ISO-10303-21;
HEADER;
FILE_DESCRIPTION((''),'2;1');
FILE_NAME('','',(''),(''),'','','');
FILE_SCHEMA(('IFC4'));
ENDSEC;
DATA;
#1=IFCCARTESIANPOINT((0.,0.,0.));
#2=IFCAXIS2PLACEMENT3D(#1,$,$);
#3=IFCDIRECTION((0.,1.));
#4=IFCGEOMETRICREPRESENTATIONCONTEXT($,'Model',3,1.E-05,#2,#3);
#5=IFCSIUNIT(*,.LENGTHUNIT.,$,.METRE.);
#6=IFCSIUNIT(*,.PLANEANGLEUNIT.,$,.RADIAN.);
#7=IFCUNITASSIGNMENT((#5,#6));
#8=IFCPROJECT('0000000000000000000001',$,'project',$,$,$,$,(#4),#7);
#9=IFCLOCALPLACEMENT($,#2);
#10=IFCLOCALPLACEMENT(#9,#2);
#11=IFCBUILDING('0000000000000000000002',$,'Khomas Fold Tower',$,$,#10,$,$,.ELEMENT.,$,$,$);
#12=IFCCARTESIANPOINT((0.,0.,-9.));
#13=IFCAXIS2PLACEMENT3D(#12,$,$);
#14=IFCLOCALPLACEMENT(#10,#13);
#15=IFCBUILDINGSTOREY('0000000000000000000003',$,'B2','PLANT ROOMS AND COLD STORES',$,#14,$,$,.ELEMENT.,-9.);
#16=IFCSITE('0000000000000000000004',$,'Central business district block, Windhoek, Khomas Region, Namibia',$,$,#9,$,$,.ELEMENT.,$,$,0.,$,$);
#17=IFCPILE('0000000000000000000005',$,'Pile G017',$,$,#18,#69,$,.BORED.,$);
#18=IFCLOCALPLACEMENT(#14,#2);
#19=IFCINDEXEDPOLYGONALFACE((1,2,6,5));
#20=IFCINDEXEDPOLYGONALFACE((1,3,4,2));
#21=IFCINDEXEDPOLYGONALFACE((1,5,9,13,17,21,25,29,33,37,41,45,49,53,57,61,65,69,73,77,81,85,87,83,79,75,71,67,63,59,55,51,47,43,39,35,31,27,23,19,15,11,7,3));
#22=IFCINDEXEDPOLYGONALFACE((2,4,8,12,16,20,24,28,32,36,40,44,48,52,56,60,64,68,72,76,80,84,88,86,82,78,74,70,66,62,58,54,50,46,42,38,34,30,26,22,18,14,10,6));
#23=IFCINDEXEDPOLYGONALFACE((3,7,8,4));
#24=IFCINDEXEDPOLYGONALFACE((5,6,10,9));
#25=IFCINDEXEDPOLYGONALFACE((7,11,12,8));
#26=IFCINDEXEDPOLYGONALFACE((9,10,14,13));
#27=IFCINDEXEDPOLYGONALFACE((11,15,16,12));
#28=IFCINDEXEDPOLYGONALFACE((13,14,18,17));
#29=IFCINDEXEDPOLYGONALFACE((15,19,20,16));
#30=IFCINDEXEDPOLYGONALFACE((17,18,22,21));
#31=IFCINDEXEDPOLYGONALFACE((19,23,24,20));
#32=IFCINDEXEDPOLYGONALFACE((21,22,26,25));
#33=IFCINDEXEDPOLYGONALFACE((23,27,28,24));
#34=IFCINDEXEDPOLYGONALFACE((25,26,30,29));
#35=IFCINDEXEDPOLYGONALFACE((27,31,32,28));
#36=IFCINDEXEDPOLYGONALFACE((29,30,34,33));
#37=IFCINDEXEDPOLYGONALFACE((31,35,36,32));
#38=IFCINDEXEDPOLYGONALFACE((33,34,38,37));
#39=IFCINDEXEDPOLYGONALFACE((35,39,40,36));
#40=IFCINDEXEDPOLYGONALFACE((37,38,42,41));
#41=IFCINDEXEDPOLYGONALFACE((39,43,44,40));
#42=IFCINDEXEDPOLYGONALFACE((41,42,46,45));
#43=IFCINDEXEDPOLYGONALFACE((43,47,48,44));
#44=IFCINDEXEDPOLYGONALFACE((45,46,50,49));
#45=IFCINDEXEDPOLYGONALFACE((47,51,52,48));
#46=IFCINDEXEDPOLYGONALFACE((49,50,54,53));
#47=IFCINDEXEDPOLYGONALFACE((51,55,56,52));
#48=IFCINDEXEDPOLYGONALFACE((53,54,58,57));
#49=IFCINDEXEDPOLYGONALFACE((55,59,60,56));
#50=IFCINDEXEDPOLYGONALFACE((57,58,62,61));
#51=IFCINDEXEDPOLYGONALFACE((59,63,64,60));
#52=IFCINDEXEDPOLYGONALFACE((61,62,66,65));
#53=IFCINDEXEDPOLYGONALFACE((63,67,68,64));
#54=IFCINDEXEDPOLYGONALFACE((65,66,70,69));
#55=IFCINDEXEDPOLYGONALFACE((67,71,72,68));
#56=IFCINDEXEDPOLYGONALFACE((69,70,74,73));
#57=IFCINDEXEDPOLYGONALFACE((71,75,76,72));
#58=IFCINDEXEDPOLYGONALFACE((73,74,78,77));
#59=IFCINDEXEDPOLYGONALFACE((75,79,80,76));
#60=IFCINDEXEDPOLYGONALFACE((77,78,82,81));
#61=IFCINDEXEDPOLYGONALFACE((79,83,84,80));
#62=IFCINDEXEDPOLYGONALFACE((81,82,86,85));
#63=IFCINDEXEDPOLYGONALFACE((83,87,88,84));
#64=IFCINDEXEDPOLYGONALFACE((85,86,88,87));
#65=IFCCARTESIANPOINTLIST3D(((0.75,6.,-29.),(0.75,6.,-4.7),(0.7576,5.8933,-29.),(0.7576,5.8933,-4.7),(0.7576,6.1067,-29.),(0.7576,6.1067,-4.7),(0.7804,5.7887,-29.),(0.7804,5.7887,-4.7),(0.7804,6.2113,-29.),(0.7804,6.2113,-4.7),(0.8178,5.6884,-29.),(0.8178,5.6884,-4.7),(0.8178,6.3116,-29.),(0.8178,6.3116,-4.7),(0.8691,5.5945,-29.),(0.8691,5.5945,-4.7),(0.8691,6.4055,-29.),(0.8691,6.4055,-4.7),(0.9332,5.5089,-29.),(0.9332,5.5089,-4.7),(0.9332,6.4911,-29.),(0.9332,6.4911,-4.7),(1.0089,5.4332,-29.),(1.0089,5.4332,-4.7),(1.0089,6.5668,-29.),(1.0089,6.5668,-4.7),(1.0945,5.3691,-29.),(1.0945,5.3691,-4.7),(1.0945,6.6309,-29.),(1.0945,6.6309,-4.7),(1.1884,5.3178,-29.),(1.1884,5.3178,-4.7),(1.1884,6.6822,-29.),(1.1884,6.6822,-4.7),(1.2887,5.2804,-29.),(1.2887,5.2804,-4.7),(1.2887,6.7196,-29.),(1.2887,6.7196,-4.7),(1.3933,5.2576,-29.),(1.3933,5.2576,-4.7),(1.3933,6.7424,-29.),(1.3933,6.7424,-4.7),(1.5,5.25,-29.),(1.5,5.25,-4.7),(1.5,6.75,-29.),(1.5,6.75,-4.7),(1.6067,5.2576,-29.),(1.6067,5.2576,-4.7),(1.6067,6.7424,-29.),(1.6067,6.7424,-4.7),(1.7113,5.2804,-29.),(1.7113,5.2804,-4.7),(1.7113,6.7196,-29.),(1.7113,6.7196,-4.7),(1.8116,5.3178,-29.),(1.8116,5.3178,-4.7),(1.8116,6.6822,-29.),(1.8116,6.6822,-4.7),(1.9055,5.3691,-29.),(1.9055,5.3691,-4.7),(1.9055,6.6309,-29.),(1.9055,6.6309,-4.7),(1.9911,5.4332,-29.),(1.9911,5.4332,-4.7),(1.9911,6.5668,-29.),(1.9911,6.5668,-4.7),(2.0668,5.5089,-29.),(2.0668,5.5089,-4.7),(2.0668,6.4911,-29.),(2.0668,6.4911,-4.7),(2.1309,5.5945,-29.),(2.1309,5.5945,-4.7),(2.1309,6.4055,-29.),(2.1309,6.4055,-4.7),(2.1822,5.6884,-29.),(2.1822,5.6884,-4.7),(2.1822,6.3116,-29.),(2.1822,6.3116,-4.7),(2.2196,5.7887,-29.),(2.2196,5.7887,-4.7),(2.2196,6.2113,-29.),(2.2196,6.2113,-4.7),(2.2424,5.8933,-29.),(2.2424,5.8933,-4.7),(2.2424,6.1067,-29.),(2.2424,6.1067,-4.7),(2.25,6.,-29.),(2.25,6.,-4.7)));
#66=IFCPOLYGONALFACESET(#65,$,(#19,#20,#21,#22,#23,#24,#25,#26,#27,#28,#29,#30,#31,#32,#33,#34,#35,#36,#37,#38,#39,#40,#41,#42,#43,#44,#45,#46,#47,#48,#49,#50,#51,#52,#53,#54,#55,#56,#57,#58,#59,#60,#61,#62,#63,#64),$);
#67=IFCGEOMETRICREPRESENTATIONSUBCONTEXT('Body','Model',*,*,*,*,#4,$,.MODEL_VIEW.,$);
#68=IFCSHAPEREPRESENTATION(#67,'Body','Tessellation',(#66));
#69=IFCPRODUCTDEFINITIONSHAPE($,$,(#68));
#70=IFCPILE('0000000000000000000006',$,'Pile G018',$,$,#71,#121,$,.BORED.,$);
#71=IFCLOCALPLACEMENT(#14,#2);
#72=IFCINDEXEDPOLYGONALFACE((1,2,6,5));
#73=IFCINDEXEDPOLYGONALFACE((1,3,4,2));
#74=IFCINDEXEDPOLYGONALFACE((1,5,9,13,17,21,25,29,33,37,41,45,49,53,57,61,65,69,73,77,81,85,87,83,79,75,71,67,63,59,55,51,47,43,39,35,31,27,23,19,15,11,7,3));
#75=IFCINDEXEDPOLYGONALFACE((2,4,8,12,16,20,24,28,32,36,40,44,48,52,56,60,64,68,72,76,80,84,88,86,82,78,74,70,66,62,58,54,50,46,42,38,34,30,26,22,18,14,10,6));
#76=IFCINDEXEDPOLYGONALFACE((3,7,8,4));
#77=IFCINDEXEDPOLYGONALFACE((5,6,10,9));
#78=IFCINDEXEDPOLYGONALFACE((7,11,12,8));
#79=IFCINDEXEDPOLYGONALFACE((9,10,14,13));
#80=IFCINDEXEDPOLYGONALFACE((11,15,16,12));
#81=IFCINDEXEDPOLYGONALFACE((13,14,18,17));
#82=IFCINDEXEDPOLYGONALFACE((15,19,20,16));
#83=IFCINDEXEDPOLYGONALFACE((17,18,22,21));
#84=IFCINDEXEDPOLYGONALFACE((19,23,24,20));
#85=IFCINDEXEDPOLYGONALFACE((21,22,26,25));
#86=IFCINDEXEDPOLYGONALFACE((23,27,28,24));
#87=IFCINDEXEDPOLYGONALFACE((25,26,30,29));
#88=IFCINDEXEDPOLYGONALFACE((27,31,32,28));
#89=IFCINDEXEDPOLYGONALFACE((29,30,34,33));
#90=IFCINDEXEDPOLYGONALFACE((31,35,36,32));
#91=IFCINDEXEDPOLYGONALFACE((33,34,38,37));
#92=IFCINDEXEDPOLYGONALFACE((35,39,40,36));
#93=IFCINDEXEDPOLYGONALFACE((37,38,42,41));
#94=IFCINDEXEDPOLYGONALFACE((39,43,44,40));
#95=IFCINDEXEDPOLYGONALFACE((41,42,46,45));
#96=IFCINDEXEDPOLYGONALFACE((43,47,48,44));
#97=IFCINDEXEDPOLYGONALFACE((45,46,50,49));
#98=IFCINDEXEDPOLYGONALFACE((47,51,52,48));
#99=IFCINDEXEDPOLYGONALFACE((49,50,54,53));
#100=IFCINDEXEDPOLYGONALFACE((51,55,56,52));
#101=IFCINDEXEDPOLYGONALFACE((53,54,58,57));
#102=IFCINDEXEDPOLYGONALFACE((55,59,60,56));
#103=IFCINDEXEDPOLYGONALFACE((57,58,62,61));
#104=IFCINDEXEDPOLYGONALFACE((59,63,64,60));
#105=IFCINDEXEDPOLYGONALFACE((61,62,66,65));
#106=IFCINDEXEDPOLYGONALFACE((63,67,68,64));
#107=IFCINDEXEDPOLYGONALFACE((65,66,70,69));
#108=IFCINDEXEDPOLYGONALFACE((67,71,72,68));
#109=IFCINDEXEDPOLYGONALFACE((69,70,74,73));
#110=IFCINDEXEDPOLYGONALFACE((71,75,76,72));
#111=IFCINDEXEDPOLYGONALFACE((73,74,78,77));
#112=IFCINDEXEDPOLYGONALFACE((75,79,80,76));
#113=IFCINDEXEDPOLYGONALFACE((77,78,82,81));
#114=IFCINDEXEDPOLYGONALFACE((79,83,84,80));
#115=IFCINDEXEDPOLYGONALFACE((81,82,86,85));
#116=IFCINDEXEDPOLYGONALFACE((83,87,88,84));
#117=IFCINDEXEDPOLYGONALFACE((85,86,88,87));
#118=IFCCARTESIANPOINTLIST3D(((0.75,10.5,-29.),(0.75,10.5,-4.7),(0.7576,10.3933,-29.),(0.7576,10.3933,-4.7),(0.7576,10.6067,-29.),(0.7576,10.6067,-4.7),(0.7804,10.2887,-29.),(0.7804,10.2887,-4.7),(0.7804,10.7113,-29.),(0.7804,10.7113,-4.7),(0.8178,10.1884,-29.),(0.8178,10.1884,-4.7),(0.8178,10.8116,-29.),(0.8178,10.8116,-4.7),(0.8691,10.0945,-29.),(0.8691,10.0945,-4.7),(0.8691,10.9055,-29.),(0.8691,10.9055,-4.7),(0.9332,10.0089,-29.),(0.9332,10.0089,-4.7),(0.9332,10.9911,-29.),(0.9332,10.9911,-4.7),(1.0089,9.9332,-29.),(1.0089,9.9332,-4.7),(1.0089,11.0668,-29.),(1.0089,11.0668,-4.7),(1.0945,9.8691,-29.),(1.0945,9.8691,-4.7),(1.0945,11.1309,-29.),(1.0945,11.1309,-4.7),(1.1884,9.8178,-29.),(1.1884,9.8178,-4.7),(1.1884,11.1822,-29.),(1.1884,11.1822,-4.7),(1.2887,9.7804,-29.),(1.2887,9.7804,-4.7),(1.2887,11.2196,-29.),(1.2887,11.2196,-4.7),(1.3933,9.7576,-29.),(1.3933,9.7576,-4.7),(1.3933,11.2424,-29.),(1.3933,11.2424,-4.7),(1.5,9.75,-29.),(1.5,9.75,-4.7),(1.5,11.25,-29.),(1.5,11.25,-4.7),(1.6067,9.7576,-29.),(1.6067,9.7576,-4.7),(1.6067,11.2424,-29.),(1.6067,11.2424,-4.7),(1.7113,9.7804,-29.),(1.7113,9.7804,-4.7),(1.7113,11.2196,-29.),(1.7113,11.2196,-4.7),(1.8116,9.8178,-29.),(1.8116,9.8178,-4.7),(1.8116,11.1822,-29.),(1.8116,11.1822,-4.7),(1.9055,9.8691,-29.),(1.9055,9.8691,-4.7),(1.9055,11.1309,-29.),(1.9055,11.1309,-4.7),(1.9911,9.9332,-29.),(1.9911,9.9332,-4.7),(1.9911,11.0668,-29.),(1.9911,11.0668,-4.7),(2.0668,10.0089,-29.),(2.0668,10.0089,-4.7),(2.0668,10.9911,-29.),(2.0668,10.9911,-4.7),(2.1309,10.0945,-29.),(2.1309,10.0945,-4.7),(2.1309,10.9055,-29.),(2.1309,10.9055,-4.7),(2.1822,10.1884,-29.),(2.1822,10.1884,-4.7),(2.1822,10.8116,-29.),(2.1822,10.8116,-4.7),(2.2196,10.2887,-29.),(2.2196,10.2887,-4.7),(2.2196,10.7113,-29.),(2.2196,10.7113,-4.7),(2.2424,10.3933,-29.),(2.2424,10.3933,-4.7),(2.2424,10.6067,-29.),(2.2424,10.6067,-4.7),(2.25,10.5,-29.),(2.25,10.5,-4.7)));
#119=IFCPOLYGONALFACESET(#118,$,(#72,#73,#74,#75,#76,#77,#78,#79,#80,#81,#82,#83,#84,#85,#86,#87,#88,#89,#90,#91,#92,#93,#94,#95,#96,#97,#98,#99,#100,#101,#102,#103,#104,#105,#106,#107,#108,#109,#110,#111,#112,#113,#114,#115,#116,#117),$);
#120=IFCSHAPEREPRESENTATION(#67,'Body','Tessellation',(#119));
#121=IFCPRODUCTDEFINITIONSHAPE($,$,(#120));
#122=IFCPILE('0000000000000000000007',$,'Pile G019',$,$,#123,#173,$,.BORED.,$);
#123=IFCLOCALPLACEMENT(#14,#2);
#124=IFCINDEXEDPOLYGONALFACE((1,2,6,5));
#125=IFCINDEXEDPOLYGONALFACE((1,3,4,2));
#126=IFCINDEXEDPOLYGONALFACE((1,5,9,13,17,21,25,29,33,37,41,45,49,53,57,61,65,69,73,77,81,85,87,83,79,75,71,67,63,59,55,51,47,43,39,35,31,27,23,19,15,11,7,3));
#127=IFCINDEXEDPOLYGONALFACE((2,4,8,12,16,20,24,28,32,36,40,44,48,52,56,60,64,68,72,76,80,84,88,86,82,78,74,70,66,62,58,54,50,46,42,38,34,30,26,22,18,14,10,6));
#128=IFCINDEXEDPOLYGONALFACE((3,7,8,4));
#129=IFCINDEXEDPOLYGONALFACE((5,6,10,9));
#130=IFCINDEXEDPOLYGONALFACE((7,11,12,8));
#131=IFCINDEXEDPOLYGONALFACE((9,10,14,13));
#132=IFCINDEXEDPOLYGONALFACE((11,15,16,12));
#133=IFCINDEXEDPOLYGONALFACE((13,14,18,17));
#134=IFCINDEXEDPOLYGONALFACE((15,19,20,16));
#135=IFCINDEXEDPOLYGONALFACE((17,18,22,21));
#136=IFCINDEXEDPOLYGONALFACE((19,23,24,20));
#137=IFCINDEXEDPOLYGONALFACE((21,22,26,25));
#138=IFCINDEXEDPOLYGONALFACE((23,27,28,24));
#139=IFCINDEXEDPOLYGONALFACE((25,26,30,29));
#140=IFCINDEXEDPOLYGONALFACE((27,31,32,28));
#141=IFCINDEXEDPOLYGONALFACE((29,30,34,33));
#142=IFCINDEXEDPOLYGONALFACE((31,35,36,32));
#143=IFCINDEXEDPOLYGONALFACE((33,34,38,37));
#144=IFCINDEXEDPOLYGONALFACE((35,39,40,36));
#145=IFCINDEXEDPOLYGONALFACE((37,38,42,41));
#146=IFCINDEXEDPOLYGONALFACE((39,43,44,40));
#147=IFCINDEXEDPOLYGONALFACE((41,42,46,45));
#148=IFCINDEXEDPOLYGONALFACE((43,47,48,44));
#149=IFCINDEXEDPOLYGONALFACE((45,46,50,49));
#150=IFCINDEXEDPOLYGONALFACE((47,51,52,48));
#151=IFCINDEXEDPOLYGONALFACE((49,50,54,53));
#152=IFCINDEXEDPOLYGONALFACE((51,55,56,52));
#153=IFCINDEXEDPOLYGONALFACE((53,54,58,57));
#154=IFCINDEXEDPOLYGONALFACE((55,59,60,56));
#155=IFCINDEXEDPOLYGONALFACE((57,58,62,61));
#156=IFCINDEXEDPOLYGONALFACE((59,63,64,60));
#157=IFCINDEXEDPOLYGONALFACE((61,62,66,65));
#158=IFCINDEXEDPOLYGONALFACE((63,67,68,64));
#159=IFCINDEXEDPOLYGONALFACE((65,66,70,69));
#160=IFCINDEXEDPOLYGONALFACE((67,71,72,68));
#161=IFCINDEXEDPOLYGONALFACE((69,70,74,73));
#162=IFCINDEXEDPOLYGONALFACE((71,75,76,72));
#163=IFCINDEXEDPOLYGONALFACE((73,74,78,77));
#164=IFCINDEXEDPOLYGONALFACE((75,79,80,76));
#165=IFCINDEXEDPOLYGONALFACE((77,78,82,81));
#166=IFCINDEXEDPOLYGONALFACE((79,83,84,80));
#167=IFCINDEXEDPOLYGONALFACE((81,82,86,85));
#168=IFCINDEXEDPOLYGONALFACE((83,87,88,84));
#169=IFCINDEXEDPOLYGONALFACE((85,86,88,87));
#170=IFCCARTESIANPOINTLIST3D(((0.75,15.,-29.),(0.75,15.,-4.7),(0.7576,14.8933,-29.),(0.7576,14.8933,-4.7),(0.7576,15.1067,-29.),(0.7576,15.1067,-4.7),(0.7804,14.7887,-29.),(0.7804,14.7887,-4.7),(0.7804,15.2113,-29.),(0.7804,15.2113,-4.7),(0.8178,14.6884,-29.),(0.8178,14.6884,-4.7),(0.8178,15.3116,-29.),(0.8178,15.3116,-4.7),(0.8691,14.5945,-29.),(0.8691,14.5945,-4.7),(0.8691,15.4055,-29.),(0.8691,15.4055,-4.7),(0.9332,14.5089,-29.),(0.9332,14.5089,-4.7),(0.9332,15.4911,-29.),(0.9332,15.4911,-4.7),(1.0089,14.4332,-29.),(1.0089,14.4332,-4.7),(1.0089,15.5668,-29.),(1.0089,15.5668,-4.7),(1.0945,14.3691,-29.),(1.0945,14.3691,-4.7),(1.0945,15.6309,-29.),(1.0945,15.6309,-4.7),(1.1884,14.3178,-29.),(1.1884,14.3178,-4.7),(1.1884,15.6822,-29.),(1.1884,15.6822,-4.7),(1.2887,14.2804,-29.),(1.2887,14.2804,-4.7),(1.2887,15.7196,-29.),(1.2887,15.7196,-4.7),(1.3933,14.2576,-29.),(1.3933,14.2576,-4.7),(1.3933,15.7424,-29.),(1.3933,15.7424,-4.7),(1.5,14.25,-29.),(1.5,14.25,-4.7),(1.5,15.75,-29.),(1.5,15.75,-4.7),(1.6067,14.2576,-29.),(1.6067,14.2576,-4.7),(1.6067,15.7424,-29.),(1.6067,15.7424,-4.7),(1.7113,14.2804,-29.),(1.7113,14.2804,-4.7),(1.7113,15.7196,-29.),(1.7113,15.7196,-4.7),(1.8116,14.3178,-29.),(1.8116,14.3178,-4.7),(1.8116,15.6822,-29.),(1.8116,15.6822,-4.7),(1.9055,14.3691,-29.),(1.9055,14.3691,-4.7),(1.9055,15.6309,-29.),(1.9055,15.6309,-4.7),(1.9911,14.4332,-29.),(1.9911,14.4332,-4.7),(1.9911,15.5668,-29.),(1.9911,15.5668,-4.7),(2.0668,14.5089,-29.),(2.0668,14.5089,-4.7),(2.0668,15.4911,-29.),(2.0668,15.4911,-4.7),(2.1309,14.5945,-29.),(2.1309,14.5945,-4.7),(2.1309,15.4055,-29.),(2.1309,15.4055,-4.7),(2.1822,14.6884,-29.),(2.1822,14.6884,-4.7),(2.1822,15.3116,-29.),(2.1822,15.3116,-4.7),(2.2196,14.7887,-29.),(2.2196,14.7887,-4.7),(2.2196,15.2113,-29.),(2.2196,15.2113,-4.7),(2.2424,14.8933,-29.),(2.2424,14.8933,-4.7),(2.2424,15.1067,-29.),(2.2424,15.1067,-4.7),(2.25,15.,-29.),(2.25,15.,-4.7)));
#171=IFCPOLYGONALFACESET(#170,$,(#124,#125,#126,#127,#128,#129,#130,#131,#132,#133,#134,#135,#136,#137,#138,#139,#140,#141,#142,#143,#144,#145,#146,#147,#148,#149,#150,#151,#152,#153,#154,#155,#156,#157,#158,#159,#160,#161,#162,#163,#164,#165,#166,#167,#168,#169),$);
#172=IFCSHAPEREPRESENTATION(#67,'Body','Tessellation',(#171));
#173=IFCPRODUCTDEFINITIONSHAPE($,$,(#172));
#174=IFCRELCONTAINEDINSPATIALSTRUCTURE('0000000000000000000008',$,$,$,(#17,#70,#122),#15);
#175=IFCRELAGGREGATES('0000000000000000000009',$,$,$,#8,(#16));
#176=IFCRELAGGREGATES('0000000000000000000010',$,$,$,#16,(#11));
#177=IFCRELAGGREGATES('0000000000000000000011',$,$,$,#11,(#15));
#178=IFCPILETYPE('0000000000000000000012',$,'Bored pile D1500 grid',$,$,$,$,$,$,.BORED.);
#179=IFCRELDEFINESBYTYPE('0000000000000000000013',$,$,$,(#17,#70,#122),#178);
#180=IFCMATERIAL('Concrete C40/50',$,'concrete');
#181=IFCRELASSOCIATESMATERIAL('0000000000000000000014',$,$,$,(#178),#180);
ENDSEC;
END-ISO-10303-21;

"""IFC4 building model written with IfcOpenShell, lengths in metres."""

from ifc_helpers import new_model, si_unit, direction, frame, origin, origin_2d, place, context, subcontext, project, spatial, circle, extrude, source, transform, mapped, material, material_profile, profile_set, type_object, element, save


model = new_model("IFC4")

# Units and contexts
model_context = context("Model", 3, precision=1e-05, world=origin(), true_north=direction((0.0, 1.0)))
body_context = subcontext(model_context, "Body", "Model", "MODEL_VIEW")
ifc_project = project(units=[si_unit("LENGTHUNIT", "METRE"), si_unit("PLANEANGLEUNIT", "RADIAN")], contexts=[model_context])

# Site, building, storey
site_placement = place(None, origin())
site = spatial("IfcSite", under=ifc_project, at=site_placement, Name="Central business district block, Windhoek, Khomas Region, Namibia", CompositionType="ELEMENT", RefElevation=0.0)
building_placement = place(site_placement, origin())
building = spatial("IfcBuilding", under=site, at=building_placement, Name="Khomas Fold Tower", CompositionType="ELEMENT")
storey_placement = place(building_placement, frame((0.0, 0.0, -9.0)))
storey = spatial("IfcBuildingStorey", under=building, at=storey_placement, Name="B2", Description="PLANT ROOMS AND COLD STORES", CompositionType="ELEMENT", Elevation=-9.0)

# Piles
ifc_material_1 = material(Name="Concrete C40/50", Category="concrete")
ifc_material_profile_1 = material_profile(ifc_material_1, circle(Radius=0.75, at=origin_2d()), Name="PILE D1500")
ifc_profile_set_1 = profile_set([ifc_material_profile_1], Name="Concrete C40/50")
pile_type = type_object("IfcPileType", Name="Bored pile D1500 grid", PredefinedType="BORED", material=ifc_profile_set_1)
shared_shape_1 = source(origin(), body_context, "Body", "SweptSolid", [
    extrude(circle(Radius=0.75, at=origin_2d()), origin(), (0.0, 0.0, 1.0), 24.3),
])
for number, where, z_axis, x_axis, name in (
    (1, (1.5, 6.0, -4.7), (0.0, 0.0, -1.0), (1.0, 0.0, 0.0), "Pile G017"),
    (2, (1.5, 10.5, -4.7), (0.0, 0.0, -1.0), (1.0, 0.0, 0.0), "Pile G018"),
    (3, (1.5, 15.0, -4.7), (0.0, 0.0, -1.0), (1.0, 0.0, 0.0), "Pile G019"),
):
    element("IfcPile", number, at=place(storey_placement, frame(where, z_axis=z_axis, x_axis=x_axis)), inside=storey, type_object=pile_type, Name=name, PredefinedType="BORED", context=body_context, shape_type="MappedRepresentation", body=[
        mapped(shared_shape_1, transform((0.0, 0.0, 0.0))),
    ])

save(model, "model.ifc")
